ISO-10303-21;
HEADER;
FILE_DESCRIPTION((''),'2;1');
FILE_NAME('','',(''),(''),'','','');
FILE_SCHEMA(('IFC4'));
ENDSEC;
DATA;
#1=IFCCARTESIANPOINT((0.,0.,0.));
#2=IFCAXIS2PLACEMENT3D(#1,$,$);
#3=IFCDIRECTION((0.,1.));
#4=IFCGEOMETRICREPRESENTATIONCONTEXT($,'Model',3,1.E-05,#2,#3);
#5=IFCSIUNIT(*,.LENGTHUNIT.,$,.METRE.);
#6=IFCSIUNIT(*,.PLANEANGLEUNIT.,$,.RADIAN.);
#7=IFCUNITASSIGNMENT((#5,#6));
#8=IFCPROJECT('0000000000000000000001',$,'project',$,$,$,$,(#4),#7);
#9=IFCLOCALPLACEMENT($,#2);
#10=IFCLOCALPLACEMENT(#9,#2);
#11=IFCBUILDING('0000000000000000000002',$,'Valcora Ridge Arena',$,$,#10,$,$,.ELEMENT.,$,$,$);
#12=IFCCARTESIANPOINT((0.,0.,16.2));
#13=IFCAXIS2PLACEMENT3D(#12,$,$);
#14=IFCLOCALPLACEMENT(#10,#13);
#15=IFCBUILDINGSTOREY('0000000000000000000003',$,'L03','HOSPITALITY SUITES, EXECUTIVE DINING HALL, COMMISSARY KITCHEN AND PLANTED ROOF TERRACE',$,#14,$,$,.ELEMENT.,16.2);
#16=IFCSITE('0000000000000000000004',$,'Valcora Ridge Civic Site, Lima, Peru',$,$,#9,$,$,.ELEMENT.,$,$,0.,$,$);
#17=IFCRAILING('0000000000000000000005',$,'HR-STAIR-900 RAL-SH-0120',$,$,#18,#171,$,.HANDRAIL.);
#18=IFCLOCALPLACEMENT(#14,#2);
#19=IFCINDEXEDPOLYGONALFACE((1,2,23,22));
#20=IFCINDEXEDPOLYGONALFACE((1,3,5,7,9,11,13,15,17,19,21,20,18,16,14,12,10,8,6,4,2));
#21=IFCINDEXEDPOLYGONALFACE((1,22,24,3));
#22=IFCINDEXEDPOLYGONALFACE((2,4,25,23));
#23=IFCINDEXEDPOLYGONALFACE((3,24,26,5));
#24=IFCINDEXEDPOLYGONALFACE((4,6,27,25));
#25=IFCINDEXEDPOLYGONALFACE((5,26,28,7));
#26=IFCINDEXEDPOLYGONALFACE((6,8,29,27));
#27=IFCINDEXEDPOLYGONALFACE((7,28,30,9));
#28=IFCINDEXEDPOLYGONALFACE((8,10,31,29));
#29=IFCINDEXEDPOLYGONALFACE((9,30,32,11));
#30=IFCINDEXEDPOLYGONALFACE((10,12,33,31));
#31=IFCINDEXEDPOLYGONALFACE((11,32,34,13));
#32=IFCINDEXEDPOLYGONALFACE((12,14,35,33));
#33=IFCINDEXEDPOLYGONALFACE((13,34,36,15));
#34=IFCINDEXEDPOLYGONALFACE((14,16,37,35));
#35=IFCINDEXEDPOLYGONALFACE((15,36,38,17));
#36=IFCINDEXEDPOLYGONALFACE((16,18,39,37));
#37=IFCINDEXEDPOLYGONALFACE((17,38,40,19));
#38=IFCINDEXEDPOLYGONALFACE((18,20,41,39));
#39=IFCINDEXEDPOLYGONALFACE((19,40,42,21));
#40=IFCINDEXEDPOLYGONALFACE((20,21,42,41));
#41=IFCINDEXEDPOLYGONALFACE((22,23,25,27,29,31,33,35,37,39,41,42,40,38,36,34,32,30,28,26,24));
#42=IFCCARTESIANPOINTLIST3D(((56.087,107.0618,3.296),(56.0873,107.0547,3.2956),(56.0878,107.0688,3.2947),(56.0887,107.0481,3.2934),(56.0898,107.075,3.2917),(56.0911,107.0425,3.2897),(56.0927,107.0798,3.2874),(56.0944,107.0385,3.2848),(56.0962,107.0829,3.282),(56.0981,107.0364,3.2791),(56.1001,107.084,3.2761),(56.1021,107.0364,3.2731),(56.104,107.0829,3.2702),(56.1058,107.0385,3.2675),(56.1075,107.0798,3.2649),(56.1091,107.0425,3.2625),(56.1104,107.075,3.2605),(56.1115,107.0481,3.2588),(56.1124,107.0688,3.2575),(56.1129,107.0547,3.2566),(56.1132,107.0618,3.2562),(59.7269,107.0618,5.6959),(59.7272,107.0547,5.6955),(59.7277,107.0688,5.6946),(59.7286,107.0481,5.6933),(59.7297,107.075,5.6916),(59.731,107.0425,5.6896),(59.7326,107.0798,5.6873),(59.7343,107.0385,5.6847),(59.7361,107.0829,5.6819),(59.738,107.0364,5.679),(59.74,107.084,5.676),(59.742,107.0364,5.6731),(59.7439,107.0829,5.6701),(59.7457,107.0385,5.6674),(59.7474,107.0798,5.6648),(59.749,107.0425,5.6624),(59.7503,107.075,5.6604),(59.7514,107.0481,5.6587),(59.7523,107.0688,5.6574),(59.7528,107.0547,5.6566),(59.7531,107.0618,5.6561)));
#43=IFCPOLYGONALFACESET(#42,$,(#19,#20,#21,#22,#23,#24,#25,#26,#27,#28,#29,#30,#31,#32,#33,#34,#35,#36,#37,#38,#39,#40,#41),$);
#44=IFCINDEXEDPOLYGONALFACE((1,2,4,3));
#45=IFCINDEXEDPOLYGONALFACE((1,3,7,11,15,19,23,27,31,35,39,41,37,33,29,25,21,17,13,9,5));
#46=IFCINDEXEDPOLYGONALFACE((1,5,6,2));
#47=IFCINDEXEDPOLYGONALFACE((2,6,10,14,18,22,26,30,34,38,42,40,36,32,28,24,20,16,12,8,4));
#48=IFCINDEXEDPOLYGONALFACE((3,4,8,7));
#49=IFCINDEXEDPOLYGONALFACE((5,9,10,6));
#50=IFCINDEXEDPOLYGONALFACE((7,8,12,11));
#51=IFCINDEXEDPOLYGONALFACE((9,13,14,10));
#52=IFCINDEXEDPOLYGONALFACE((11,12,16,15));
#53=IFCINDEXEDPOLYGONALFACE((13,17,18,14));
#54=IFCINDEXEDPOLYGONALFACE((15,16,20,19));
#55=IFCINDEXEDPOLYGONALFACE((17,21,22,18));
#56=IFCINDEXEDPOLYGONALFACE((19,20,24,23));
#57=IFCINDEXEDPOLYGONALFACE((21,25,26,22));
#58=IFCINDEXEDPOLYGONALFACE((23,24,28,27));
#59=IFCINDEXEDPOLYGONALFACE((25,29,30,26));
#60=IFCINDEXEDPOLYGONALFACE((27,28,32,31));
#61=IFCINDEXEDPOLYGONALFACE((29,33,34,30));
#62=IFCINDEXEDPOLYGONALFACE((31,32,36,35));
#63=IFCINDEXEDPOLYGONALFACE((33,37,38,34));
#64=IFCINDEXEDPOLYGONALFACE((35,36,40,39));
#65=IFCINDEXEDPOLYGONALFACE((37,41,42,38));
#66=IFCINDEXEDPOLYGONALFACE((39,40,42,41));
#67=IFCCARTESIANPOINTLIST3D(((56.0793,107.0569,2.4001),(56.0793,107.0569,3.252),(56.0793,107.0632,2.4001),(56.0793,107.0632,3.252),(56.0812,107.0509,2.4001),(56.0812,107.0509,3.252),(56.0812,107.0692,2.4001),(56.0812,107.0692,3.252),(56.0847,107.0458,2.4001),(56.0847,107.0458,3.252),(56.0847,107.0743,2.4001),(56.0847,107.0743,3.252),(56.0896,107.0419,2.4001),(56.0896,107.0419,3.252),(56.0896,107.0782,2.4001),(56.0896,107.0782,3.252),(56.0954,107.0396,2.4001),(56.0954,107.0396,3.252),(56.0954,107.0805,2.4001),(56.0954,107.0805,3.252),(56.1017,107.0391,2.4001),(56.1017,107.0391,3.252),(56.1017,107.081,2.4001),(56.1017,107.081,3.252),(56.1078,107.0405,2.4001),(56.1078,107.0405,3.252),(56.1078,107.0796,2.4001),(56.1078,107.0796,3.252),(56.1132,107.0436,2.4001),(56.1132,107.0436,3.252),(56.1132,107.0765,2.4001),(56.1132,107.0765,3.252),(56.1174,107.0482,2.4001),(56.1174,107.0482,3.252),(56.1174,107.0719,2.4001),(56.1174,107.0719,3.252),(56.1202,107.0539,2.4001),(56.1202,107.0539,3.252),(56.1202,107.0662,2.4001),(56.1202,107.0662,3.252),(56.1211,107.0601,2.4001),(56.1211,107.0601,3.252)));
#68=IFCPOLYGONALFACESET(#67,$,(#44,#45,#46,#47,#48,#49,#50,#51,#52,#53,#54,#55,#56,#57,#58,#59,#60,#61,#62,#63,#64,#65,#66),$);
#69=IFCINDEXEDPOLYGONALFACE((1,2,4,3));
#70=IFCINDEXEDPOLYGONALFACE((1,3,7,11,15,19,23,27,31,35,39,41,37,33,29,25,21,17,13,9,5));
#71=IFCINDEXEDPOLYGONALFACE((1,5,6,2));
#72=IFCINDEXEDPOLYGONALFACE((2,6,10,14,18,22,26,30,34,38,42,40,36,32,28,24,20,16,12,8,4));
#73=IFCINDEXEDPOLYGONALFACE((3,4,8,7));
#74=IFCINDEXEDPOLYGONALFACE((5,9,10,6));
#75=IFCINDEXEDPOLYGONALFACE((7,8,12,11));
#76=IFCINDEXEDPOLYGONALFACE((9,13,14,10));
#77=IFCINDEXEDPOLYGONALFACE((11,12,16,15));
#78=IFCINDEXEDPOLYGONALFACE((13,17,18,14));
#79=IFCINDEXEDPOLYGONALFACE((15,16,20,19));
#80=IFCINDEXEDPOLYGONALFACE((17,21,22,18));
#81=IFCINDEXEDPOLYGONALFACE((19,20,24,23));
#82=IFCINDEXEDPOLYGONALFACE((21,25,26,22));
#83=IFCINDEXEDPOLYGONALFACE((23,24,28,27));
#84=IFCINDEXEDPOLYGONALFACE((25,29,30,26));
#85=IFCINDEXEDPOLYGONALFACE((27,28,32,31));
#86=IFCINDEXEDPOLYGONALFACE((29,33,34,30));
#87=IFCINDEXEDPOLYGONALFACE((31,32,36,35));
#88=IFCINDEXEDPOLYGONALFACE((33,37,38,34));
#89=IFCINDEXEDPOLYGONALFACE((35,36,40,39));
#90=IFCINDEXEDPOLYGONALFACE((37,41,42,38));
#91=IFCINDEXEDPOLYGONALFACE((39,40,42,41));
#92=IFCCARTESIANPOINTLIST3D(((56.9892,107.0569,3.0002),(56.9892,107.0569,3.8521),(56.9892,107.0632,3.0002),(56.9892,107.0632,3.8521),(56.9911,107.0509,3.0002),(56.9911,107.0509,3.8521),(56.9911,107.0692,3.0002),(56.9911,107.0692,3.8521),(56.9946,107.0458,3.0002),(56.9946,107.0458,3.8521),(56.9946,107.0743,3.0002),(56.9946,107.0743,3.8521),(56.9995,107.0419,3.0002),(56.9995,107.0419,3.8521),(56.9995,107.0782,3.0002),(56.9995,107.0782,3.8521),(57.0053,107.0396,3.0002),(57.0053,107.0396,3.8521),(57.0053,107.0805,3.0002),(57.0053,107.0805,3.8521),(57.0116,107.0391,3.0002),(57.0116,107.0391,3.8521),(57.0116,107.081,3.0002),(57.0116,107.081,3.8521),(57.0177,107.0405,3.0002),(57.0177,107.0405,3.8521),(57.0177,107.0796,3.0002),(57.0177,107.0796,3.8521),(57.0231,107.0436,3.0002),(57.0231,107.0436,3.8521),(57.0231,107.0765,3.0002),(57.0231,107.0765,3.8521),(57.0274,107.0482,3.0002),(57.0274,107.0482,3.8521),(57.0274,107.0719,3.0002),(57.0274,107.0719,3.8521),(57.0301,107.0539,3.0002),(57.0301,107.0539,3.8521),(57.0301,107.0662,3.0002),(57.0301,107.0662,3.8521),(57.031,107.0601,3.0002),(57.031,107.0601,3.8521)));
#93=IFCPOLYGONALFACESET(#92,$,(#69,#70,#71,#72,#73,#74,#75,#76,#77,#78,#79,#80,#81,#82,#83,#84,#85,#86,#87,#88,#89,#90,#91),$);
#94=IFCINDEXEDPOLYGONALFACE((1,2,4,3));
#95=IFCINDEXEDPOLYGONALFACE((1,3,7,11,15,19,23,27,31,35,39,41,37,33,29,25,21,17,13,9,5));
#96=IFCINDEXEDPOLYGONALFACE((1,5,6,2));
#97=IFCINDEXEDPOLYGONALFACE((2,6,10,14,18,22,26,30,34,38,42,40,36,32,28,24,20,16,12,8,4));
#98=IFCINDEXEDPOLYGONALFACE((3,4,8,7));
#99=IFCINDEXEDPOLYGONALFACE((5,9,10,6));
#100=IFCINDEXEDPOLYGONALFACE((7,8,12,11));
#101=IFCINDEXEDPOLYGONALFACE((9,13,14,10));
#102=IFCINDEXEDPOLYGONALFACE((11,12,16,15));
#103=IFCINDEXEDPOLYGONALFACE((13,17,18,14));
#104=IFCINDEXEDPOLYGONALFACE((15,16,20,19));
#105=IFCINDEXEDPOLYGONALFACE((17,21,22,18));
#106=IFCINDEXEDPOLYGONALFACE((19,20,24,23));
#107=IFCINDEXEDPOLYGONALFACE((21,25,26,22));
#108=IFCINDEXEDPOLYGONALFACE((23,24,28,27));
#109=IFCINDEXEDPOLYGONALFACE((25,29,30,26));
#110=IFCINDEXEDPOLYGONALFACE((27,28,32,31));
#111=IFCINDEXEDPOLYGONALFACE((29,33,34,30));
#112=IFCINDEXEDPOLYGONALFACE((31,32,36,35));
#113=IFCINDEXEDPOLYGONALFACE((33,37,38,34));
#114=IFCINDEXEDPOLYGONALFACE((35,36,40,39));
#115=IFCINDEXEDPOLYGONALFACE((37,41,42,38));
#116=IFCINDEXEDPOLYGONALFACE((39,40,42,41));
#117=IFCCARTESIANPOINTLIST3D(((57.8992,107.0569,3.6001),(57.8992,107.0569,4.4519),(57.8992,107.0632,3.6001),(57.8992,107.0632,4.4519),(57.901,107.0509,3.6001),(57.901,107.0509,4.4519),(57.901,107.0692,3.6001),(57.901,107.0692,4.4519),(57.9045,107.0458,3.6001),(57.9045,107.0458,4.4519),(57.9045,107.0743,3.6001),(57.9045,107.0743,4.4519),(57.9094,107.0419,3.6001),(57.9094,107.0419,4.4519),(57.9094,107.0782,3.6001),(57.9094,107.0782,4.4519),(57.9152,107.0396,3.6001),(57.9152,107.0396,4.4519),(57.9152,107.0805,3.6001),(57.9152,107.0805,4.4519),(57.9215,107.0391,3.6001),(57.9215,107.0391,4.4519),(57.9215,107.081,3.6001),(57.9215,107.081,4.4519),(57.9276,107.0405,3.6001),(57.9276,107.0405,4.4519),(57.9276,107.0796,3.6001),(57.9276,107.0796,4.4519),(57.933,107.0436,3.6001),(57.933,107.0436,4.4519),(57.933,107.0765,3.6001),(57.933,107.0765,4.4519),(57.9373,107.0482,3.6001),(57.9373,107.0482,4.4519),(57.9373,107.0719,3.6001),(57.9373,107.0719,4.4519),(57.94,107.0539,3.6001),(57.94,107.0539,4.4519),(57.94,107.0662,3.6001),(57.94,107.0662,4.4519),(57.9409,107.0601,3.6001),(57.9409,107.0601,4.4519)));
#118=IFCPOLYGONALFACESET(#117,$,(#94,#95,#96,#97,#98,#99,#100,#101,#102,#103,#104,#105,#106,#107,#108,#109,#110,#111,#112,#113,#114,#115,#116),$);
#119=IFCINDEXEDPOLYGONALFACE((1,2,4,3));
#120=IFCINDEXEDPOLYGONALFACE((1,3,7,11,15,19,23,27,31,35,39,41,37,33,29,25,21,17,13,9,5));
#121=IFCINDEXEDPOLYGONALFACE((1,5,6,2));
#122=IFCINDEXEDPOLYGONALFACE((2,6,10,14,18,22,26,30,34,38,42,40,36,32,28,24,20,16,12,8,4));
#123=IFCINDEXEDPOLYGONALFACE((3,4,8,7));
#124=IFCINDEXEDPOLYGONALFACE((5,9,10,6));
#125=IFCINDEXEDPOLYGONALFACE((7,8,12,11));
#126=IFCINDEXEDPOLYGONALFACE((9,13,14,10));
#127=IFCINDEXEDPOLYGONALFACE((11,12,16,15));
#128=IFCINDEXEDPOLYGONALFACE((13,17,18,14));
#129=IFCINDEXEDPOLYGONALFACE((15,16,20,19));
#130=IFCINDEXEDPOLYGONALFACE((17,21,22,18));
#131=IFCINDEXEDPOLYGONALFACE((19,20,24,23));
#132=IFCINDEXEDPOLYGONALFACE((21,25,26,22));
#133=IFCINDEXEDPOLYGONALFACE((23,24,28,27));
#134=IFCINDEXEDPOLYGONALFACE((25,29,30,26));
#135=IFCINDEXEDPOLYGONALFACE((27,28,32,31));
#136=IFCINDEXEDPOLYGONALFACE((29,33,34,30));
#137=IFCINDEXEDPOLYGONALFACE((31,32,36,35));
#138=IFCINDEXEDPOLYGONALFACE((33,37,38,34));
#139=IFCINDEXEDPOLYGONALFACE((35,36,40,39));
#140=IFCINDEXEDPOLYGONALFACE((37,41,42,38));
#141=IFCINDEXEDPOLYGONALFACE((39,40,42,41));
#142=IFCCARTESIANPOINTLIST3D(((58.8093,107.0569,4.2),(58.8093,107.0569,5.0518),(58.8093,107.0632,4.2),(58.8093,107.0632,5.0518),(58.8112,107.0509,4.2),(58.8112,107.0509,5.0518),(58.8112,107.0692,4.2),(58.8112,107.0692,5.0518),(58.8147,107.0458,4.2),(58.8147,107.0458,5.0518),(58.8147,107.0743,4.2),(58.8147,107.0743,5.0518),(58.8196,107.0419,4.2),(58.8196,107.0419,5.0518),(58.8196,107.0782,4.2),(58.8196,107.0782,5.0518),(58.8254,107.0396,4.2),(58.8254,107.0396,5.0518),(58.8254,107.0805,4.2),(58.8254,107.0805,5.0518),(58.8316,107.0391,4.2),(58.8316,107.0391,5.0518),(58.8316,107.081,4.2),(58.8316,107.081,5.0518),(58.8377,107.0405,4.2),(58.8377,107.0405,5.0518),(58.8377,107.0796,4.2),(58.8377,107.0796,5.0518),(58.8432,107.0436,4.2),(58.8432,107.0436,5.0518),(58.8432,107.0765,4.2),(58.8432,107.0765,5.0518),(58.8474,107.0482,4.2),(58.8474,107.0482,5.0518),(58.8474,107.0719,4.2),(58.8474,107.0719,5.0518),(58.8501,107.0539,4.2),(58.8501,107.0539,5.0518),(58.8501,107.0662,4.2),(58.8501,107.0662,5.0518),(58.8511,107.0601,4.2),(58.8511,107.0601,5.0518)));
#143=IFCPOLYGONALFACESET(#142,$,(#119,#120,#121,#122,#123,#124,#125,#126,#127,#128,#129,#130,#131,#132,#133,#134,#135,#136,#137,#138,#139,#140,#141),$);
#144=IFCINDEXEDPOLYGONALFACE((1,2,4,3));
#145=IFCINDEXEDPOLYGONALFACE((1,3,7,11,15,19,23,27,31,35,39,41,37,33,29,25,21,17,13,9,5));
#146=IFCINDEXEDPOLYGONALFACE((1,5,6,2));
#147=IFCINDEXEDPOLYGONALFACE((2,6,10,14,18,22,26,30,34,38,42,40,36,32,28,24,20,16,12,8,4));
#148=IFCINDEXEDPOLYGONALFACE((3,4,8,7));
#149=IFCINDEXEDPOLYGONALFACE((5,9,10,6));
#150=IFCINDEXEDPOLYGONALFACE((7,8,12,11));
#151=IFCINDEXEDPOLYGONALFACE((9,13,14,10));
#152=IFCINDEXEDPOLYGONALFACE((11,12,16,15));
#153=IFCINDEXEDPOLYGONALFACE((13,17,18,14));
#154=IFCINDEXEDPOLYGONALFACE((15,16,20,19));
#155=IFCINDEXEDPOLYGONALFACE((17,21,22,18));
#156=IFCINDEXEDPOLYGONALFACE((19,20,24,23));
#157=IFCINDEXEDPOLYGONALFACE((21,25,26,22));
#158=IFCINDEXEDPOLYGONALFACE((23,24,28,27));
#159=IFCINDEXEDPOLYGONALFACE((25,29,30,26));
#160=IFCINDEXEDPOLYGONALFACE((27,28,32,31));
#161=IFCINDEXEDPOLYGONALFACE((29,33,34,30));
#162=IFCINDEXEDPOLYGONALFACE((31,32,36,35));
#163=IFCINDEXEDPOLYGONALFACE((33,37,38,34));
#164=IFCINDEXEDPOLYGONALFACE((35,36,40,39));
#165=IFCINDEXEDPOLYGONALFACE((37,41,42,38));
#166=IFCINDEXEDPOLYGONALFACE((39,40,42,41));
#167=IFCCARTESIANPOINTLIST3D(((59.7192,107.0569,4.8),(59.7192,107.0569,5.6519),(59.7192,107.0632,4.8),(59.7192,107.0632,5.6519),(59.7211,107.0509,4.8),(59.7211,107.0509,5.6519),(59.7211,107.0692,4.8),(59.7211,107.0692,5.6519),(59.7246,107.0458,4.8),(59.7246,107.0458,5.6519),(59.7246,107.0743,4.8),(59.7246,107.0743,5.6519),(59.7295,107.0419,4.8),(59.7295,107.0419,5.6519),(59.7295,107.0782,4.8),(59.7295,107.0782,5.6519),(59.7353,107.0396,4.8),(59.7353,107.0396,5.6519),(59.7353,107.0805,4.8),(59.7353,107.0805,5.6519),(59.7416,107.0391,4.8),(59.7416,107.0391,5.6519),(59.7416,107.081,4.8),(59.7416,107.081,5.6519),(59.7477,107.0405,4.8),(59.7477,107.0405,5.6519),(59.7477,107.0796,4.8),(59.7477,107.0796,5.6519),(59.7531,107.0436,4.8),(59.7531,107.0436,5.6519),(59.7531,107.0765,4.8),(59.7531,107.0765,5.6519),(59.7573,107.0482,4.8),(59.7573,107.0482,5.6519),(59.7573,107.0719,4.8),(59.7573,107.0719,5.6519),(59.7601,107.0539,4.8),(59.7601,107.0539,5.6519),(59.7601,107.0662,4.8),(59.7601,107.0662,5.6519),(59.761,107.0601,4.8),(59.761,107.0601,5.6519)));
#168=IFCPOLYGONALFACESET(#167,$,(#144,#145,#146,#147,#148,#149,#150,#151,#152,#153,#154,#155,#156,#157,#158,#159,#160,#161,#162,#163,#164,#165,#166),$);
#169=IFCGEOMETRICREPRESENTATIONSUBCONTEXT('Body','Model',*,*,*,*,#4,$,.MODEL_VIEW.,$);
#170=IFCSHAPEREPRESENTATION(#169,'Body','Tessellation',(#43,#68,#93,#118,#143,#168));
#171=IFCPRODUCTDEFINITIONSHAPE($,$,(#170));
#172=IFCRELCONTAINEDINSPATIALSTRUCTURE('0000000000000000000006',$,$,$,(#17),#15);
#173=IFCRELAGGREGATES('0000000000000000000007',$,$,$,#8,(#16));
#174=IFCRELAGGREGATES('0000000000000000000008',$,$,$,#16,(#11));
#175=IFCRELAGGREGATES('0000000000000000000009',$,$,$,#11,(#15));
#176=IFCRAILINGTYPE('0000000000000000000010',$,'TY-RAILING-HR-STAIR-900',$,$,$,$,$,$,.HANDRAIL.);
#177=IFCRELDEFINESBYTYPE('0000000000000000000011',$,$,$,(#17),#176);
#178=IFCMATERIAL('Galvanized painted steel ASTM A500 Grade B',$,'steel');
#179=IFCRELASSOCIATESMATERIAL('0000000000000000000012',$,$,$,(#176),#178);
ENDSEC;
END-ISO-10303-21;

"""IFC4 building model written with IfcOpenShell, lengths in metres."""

from ifc_helpers import new_model, si_unit, direction, frame, origin, origin_2d, place, context, subcontext, project, spatial, circle, extrude, material, type_object, element, save


model = new_model("IFC4")

# Units and contexts
model_context = context("Model", 3, precision=1e-05, world=origin(), true_north=direction((0.0, 1.0)))
body_context = subcontext(model_context, "Body", "Model", "MODEL_VIEW")
ifc_project = project(units=[si_unit("LENGTHUNIT", "METRE"), si_unit("PLANEANGLEUNIT", "RADIAN")], contexts=[model_context])

# Site, building, storey
site_placement = place(None, origin())
site = spatial("IfcSite", under=ifc_project, at=site_placement, Name="Valcora Ridge Civic Site, Lima, Peru", CompositionType="ELEMENT", RefElevation=0.0)
building_placement = place(site_placement, origin())
building = spatial("IfcBuilding", under=site, at=building_placement, Name="Valcora Ridge Arena", CompositionType="ELEMENT")
storey_placement = place(building_placement, frame((0.0, 0.0, 16.2)))
storey = spatial("IfcBuildingStorey", under=building, at=storey_placement, Name="L03", Description="HOSPITALITY SUITES, EXECUTIVE DINING HALL, COMMISSARY KITCHEN AND PLANTED ROOF TERRACE", CompositionType="ELEMENT", Elevation=16.2)

# Railing
ifc_material_1 = material(Name="Galvanized painted steel ASTM A500 Grade B", Category="steel")
railing_type_1 = type_object("IfcRailingType", Name="TY-RAILING-HR-STAIR-900", PredefinedType="HANDRAIL", material=ifc_material_1)
railing_1_placement = place(storey_placement, frame((56.1001, 107.0601, 2.4001)))
element("IfcRailing", 1, at=railing_1_placement, inside=storey, type_object=railing_type_1, Name="HR-STAIR-900 RAL-SH-0120", PredefinedType="HANDRAIL", context=body_context, shape_type="SweptSolid", body=[
    extrude(circle(Radius=0.0239, at=origin_2d()), frame((0.0, 0.0, 0.876), z_axis=(0.834865, 0.0, 0.550454), x_axis=(0.0, 1.0, 0.0)), (0.0, 0.0, 1.0), 4.3599),
    extrude(circle(Radius=0.021, at=origin_2d()), origin(), (0.0, 0.0, 1.0), 0.8518),
    extrude(circle(Radius=0.021, at=origin_2d()), frame((0.9099, 0.0, 0.6001)), (0.0, 0.0, 1.0), 0.8518),
    extrude(circle(Radius=0.021, at=origin_2d()), frame((1.8198, 0.0, 1.2)), (0.0, 0.0, 1.0), 0.8518),
    extrude(circle(Radius=0.021, at=origin_2d()), frame((2.73, 0.0, 1.7998)), (0.0, 0.0, 1.0), 0.8518),
    extrude(circle(Radius=0.021, at=origin_2d()), frame((3.6399, 0.0, 2.3999)), (0.0, 0.0, 1.0), 0.8518),
])

save(model, "model.ifc")
